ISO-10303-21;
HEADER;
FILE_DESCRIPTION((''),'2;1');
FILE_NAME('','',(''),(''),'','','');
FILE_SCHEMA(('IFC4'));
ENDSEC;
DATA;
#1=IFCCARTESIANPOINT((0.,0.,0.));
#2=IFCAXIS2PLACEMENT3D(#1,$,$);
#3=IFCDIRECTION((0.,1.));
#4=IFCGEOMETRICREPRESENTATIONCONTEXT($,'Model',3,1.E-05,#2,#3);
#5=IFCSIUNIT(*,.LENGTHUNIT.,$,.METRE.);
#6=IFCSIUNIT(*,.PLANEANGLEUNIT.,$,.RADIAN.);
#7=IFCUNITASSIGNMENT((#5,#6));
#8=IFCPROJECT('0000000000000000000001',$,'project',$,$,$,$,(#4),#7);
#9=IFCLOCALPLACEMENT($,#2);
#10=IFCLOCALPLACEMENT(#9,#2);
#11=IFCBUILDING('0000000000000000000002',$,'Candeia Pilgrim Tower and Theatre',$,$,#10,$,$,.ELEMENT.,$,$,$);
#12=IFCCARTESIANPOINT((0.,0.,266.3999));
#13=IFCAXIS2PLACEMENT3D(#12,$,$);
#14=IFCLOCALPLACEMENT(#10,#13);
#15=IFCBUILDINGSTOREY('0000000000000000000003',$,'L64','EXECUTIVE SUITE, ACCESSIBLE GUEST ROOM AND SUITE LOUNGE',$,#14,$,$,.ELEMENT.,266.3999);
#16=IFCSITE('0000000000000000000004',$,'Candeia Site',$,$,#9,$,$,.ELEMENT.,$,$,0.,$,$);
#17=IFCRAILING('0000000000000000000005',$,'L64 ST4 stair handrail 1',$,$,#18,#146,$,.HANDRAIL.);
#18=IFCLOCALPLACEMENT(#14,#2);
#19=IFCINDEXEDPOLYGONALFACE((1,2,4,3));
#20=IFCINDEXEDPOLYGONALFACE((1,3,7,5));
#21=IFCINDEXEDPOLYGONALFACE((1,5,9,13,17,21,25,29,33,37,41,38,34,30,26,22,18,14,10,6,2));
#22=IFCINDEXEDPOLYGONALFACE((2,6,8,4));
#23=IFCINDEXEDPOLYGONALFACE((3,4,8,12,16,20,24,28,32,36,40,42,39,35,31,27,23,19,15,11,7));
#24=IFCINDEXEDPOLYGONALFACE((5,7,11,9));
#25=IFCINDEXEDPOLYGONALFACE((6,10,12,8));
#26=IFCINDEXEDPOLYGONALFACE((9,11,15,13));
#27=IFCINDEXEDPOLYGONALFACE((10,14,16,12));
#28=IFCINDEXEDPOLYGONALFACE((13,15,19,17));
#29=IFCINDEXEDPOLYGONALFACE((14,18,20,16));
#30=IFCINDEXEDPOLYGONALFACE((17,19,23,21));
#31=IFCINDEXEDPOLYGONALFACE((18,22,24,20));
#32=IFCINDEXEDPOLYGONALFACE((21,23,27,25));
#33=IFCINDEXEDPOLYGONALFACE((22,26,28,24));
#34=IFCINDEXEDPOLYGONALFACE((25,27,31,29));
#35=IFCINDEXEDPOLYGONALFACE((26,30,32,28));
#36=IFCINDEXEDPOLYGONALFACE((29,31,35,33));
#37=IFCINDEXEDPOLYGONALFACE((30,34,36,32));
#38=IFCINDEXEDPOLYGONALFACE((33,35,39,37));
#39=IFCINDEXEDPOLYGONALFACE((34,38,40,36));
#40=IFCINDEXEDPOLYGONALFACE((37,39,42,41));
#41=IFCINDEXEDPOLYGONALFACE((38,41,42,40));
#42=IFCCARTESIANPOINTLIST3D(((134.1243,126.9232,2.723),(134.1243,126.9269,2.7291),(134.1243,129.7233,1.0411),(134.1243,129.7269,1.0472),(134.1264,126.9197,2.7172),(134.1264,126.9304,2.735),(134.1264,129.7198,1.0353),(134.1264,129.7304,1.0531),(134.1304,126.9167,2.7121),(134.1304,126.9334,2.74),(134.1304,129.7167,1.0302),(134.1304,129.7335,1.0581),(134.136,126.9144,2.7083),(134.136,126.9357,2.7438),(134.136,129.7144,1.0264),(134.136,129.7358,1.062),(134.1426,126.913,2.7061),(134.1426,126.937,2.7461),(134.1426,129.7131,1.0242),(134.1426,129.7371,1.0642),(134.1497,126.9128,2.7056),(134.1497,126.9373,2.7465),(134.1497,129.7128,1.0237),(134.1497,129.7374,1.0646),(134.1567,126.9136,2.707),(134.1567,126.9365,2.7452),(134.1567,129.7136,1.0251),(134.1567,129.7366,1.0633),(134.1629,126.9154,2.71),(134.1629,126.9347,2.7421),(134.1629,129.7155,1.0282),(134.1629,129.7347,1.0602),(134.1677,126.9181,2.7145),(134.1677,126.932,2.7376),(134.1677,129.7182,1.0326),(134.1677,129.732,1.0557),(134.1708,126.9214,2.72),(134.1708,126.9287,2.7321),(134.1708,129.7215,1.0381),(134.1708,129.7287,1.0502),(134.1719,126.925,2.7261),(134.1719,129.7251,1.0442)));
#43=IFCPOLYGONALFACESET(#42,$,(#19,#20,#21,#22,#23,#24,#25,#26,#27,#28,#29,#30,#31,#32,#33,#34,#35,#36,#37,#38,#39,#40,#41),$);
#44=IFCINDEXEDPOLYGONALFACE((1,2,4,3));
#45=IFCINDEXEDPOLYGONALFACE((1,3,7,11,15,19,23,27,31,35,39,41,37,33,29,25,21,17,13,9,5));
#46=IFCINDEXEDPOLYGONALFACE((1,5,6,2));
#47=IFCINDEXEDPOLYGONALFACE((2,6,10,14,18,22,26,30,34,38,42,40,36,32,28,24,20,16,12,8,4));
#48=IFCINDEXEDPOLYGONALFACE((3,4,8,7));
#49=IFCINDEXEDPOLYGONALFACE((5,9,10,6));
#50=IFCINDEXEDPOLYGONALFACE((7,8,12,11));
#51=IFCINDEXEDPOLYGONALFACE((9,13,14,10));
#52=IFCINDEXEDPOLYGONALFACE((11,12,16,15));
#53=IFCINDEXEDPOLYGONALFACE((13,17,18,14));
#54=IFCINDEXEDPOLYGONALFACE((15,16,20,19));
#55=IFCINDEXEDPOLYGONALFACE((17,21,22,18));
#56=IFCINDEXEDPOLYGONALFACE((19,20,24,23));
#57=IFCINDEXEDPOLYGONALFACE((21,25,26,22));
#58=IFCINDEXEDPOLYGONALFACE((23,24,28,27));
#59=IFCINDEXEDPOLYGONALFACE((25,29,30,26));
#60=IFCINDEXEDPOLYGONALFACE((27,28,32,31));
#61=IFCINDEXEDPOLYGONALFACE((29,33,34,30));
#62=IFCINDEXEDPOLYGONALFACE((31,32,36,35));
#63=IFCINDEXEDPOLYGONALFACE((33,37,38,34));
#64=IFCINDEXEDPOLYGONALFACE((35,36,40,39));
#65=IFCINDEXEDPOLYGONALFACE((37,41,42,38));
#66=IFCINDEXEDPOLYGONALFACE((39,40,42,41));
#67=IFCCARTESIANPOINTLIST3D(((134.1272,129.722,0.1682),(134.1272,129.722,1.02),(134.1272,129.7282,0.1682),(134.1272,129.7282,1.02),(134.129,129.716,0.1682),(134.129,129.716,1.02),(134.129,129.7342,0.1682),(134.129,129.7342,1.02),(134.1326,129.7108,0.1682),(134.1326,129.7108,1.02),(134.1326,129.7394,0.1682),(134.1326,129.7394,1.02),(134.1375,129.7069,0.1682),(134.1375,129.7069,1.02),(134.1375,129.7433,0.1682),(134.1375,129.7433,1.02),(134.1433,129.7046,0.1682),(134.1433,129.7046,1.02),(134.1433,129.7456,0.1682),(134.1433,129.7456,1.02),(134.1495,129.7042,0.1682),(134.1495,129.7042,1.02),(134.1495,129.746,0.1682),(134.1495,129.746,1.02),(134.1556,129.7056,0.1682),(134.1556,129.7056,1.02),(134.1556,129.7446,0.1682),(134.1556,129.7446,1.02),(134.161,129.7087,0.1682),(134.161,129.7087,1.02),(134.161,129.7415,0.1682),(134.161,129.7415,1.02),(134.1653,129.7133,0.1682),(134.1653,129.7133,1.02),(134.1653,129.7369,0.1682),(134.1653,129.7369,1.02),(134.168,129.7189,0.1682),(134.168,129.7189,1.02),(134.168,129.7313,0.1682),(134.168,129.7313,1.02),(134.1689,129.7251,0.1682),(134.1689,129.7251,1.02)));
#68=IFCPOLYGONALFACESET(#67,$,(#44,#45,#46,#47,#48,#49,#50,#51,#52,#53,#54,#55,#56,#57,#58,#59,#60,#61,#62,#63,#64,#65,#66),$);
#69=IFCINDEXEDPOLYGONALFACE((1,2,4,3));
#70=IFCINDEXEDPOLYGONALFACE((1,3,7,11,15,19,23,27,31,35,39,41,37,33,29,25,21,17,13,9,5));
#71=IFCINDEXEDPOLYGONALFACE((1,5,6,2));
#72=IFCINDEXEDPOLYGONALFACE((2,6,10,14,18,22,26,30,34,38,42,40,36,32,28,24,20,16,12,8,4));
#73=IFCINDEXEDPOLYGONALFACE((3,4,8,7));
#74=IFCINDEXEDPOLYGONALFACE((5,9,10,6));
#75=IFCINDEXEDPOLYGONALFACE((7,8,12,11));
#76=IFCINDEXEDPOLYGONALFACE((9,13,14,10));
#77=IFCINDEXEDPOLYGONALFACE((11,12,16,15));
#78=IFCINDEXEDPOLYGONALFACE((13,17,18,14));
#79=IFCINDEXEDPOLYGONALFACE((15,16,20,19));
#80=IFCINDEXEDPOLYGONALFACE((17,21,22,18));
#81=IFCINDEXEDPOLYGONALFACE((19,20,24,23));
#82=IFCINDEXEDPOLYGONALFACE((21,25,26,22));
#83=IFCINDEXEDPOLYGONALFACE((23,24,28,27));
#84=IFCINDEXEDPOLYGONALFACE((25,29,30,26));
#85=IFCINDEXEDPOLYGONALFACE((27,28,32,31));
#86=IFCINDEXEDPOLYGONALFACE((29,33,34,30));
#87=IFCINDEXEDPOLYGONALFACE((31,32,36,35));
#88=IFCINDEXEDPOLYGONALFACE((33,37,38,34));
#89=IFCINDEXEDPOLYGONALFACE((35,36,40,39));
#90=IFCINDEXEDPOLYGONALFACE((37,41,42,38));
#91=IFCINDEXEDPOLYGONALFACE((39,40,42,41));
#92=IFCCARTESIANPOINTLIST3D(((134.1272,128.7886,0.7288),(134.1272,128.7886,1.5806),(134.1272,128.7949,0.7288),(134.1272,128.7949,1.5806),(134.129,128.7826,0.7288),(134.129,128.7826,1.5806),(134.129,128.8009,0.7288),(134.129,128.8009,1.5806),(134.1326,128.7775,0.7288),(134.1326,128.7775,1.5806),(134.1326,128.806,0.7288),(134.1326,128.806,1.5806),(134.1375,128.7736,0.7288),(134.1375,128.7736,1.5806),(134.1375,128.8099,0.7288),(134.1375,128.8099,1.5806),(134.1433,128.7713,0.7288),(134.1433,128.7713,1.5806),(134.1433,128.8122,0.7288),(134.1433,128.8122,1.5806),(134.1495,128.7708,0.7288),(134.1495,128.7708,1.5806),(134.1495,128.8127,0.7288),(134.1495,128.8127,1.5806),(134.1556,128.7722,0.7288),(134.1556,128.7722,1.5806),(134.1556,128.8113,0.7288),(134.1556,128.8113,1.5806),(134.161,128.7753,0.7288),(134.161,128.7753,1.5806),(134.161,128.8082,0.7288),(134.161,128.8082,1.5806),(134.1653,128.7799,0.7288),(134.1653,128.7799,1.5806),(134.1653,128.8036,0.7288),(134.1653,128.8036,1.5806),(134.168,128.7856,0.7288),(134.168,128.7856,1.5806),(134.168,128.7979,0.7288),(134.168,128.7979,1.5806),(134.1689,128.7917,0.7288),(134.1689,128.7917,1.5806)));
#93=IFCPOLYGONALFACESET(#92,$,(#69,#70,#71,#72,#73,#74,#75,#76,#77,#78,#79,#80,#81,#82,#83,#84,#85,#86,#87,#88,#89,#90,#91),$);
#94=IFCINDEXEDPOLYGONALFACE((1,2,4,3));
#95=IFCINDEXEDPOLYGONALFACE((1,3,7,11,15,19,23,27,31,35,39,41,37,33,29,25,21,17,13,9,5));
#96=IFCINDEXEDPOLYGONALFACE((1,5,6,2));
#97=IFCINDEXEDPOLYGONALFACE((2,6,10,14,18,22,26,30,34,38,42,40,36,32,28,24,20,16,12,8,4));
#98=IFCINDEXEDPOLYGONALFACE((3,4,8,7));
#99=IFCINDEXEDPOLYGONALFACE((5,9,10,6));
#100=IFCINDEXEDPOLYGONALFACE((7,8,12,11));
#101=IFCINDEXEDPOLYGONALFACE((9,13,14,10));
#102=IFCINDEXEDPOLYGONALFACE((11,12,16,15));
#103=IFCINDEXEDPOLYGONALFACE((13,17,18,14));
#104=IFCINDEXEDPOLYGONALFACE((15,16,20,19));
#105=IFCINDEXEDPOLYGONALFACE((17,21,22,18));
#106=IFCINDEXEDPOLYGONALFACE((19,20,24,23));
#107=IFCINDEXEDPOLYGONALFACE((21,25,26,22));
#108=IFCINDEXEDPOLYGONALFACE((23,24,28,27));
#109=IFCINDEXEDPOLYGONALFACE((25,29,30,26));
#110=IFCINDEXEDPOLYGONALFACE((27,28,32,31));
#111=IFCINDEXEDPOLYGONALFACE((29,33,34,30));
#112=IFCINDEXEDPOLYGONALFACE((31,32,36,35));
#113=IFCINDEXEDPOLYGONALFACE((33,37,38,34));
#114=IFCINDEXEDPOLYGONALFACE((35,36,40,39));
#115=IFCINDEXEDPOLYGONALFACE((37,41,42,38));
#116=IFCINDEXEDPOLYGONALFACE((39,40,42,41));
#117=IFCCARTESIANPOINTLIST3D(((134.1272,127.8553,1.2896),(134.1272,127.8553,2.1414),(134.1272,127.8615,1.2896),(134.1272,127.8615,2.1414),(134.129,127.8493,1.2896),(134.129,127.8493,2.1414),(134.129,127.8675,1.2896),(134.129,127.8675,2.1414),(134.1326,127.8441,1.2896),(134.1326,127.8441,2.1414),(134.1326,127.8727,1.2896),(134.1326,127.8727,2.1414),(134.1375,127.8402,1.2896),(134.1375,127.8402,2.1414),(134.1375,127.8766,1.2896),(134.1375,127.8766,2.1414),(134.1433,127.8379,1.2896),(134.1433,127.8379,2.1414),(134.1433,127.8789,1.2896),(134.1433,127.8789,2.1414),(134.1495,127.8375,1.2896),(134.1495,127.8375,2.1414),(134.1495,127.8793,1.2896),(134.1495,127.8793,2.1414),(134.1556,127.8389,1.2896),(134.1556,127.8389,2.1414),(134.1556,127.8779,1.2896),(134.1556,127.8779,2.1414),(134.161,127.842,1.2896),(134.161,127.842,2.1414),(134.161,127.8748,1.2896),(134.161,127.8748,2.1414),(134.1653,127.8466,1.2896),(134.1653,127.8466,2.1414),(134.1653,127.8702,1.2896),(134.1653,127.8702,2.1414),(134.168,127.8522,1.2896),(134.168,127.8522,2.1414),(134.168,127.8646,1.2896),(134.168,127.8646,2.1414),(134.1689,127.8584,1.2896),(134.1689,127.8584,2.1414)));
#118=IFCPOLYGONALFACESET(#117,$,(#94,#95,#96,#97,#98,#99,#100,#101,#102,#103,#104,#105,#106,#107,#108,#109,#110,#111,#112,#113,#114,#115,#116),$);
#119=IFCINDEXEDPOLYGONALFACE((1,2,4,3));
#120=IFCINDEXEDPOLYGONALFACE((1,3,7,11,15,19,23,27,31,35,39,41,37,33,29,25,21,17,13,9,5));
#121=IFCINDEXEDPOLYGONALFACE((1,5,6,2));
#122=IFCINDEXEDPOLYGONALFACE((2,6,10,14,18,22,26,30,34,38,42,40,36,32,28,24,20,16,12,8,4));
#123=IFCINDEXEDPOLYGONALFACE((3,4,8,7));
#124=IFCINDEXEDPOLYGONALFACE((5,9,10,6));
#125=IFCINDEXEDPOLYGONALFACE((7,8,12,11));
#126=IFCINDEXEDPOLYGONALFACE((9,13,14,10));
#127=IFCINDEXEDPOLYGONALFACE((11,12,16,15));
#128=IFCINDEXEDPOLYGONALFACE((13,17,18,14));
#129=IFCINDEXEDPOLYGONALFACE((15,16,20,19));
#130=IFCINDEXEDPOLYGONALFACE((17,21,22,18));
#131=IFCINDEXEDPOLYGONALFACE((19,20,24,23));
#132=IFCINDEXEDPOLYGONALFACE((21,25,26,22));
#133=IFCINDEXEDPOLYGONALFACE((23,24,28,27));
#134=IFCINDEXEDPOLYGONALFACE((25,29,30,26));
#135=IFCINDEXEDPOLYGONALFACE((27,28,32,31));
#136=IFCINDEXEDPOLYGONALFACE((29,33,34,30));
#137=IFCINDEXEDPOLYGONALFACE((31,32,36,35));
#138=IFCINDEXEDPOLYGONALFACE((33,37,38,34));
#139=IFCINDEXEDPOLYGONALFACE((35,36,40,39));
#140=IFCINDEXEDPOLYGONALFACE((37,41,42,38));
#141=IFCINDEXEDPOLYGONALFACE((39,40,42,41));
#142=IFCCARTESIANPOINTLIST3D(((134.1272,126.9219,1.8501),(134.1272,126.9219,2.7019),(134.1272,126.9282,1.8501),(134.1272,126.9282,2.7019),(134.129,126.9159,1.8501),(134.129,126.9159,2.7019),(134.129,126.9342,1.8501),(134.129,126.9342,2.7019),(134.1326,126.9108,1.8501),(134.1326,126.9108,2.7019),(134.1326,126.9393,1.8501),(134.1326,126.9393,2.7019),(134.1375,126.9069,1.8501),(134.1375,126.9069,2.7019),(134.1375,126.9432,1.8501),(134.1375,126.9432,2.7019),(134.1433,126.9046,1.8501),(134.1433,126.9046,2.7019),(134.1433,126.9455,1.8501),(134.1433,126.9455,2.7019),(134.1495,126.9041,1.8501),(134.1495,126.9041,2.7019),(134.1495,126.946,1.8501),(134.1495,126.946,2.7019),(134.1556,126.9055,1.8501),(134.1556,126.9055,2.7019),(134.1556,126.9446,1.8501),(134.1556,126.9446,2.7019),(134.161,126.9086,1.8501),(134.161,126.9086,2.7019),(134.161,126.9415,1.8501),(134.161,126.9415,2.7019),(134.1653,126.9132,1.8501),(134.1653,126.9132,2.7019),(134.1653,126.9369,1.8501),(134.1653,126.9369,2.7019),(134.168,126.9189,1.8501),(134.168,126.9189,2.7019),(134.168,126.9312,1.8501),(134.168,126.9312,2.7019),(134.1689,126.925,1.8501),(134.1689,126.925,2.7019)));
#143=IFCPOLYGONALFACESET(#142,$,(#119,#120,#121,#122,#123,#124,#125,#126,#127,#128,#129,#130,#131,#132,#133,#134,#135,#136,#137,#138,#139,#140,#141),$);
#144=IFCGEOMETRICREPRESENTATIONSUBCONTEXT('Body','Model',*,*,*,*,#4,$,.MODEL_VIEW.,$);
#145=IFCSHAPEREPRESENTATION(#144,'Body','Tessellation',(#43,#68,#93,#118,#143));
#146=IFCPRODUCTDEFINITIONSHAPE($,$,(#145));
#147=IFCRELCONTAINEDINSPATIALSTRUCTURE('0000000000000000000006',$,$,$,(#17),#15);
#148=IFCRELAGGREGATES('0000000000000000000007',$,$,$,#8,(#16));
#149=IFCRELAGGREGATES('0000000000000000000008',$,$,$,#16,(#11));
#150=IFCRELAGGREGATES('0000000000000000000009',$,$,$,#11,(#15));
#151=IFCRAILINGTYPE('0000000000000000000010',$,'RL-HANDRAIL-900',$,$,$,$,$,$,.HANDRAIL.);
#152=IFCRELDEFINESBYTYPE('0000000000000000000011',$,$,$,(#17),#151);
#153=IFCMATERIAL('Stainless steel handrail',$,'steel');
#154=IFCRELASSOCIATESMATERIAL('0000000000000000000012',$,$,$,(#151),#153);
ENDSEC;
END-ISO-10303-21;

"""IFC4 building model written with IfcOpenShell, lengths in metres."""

from ifc_helpers import new_model, si_unit, direction, frame, origin, origin_2d, place, context, subcontext, project, spatial, circle, extrude, material, type_object, element, save


model = new_model("IFC4")

# Units and contexts
model_context = context("Model", 3, precision=1e-05, world=origin(), true_north=direction((0.0, 1.0)))
body_context = subcontext(model_context, "Body", "Model", "MODEL_VIEW")
ifc_project = project(units=[si_unit("LENGTHUNIT", "METRE"), si_unit("PLANEANGLEUNIT", "RADIAN")], contexts=[model_context])

# Site, building, storey
site_placement = place(None, origin())
site = spatial("IfcSite", under=ifc_project, at=site_placement, Name="Candeia Site", CompositionType="ELEMENT", RefElevation=0.0)
building_placement = place(site_placement, origin())
building = spatial("IfcBuilding", under=site, at=building_placement, Name="Candeia Pilgrim Tower and Theatre", CompositionType="ELEMENT")
storey_placement = place(building_placement, frame((0.0, 0.0, 266.3999)))
storey = spatial("IfcBuildingStorey", under=building, at=storey_placement, Name="L64", Description="EXECUTIVE SUITE, ACCESSIBLE GUEST ROOM AND SUITE LOUNGE", CompositionType="ELEMENT", Elevation=266.3999)

# Railing
ifc_material_1 = material(Name="Stainless steel handrail", Category="steel")
railing_type_1 = type_object("IfcRailingType", Name="RL-HANDRAIL-900", PredefinedType="HANDRAIL", material=ifc_material_1)
railing_1_placement = place(storey_placement, frame((134.1479, 129.7251, 0.1682)))
element("IfcRailing", 1, at=railing_1_placement, inside=storey, type_object=railing_type_1, Name="L64 ST4 stair handrail 1", PredefinedType="HANDRAIL", context=body_context, shape_type="SweptSolid", body=[
    extrude(circle(Radius=0.0239, at=origin_2d()), frame((0.0, 0.0, 0.876), z_axis=(0.0, -0.857242, 0.514913), x_axis=(1.0, 0.0, 0.0)), (0.0, 0.0, 1.0), 3.2664),
    extrude(circle(Radius=0.021, at=origin_2d()), origin(), (0.0, 0.0, 1.0), 0.8518),
    extrude(circle(Radius=0.021, at=origin_2d()), frame((0.0, -0.9333, 0.5605)), (0.0, 0.0, 1.0), 0.8518),
    extrude(circle(Radius=0.021, at=origin_2d()), frame((0.0, -1.8667, 1.1213)), (0.0, 0.0, 1.0), 0.8518),
    extrude(circle(Radius=0.021, at=origin_2d()), frame((0.0, -2.8, 1.6819)), (0.0, 0.0, 1.0), 0.8518),
])

save(model, "model.ifc")
